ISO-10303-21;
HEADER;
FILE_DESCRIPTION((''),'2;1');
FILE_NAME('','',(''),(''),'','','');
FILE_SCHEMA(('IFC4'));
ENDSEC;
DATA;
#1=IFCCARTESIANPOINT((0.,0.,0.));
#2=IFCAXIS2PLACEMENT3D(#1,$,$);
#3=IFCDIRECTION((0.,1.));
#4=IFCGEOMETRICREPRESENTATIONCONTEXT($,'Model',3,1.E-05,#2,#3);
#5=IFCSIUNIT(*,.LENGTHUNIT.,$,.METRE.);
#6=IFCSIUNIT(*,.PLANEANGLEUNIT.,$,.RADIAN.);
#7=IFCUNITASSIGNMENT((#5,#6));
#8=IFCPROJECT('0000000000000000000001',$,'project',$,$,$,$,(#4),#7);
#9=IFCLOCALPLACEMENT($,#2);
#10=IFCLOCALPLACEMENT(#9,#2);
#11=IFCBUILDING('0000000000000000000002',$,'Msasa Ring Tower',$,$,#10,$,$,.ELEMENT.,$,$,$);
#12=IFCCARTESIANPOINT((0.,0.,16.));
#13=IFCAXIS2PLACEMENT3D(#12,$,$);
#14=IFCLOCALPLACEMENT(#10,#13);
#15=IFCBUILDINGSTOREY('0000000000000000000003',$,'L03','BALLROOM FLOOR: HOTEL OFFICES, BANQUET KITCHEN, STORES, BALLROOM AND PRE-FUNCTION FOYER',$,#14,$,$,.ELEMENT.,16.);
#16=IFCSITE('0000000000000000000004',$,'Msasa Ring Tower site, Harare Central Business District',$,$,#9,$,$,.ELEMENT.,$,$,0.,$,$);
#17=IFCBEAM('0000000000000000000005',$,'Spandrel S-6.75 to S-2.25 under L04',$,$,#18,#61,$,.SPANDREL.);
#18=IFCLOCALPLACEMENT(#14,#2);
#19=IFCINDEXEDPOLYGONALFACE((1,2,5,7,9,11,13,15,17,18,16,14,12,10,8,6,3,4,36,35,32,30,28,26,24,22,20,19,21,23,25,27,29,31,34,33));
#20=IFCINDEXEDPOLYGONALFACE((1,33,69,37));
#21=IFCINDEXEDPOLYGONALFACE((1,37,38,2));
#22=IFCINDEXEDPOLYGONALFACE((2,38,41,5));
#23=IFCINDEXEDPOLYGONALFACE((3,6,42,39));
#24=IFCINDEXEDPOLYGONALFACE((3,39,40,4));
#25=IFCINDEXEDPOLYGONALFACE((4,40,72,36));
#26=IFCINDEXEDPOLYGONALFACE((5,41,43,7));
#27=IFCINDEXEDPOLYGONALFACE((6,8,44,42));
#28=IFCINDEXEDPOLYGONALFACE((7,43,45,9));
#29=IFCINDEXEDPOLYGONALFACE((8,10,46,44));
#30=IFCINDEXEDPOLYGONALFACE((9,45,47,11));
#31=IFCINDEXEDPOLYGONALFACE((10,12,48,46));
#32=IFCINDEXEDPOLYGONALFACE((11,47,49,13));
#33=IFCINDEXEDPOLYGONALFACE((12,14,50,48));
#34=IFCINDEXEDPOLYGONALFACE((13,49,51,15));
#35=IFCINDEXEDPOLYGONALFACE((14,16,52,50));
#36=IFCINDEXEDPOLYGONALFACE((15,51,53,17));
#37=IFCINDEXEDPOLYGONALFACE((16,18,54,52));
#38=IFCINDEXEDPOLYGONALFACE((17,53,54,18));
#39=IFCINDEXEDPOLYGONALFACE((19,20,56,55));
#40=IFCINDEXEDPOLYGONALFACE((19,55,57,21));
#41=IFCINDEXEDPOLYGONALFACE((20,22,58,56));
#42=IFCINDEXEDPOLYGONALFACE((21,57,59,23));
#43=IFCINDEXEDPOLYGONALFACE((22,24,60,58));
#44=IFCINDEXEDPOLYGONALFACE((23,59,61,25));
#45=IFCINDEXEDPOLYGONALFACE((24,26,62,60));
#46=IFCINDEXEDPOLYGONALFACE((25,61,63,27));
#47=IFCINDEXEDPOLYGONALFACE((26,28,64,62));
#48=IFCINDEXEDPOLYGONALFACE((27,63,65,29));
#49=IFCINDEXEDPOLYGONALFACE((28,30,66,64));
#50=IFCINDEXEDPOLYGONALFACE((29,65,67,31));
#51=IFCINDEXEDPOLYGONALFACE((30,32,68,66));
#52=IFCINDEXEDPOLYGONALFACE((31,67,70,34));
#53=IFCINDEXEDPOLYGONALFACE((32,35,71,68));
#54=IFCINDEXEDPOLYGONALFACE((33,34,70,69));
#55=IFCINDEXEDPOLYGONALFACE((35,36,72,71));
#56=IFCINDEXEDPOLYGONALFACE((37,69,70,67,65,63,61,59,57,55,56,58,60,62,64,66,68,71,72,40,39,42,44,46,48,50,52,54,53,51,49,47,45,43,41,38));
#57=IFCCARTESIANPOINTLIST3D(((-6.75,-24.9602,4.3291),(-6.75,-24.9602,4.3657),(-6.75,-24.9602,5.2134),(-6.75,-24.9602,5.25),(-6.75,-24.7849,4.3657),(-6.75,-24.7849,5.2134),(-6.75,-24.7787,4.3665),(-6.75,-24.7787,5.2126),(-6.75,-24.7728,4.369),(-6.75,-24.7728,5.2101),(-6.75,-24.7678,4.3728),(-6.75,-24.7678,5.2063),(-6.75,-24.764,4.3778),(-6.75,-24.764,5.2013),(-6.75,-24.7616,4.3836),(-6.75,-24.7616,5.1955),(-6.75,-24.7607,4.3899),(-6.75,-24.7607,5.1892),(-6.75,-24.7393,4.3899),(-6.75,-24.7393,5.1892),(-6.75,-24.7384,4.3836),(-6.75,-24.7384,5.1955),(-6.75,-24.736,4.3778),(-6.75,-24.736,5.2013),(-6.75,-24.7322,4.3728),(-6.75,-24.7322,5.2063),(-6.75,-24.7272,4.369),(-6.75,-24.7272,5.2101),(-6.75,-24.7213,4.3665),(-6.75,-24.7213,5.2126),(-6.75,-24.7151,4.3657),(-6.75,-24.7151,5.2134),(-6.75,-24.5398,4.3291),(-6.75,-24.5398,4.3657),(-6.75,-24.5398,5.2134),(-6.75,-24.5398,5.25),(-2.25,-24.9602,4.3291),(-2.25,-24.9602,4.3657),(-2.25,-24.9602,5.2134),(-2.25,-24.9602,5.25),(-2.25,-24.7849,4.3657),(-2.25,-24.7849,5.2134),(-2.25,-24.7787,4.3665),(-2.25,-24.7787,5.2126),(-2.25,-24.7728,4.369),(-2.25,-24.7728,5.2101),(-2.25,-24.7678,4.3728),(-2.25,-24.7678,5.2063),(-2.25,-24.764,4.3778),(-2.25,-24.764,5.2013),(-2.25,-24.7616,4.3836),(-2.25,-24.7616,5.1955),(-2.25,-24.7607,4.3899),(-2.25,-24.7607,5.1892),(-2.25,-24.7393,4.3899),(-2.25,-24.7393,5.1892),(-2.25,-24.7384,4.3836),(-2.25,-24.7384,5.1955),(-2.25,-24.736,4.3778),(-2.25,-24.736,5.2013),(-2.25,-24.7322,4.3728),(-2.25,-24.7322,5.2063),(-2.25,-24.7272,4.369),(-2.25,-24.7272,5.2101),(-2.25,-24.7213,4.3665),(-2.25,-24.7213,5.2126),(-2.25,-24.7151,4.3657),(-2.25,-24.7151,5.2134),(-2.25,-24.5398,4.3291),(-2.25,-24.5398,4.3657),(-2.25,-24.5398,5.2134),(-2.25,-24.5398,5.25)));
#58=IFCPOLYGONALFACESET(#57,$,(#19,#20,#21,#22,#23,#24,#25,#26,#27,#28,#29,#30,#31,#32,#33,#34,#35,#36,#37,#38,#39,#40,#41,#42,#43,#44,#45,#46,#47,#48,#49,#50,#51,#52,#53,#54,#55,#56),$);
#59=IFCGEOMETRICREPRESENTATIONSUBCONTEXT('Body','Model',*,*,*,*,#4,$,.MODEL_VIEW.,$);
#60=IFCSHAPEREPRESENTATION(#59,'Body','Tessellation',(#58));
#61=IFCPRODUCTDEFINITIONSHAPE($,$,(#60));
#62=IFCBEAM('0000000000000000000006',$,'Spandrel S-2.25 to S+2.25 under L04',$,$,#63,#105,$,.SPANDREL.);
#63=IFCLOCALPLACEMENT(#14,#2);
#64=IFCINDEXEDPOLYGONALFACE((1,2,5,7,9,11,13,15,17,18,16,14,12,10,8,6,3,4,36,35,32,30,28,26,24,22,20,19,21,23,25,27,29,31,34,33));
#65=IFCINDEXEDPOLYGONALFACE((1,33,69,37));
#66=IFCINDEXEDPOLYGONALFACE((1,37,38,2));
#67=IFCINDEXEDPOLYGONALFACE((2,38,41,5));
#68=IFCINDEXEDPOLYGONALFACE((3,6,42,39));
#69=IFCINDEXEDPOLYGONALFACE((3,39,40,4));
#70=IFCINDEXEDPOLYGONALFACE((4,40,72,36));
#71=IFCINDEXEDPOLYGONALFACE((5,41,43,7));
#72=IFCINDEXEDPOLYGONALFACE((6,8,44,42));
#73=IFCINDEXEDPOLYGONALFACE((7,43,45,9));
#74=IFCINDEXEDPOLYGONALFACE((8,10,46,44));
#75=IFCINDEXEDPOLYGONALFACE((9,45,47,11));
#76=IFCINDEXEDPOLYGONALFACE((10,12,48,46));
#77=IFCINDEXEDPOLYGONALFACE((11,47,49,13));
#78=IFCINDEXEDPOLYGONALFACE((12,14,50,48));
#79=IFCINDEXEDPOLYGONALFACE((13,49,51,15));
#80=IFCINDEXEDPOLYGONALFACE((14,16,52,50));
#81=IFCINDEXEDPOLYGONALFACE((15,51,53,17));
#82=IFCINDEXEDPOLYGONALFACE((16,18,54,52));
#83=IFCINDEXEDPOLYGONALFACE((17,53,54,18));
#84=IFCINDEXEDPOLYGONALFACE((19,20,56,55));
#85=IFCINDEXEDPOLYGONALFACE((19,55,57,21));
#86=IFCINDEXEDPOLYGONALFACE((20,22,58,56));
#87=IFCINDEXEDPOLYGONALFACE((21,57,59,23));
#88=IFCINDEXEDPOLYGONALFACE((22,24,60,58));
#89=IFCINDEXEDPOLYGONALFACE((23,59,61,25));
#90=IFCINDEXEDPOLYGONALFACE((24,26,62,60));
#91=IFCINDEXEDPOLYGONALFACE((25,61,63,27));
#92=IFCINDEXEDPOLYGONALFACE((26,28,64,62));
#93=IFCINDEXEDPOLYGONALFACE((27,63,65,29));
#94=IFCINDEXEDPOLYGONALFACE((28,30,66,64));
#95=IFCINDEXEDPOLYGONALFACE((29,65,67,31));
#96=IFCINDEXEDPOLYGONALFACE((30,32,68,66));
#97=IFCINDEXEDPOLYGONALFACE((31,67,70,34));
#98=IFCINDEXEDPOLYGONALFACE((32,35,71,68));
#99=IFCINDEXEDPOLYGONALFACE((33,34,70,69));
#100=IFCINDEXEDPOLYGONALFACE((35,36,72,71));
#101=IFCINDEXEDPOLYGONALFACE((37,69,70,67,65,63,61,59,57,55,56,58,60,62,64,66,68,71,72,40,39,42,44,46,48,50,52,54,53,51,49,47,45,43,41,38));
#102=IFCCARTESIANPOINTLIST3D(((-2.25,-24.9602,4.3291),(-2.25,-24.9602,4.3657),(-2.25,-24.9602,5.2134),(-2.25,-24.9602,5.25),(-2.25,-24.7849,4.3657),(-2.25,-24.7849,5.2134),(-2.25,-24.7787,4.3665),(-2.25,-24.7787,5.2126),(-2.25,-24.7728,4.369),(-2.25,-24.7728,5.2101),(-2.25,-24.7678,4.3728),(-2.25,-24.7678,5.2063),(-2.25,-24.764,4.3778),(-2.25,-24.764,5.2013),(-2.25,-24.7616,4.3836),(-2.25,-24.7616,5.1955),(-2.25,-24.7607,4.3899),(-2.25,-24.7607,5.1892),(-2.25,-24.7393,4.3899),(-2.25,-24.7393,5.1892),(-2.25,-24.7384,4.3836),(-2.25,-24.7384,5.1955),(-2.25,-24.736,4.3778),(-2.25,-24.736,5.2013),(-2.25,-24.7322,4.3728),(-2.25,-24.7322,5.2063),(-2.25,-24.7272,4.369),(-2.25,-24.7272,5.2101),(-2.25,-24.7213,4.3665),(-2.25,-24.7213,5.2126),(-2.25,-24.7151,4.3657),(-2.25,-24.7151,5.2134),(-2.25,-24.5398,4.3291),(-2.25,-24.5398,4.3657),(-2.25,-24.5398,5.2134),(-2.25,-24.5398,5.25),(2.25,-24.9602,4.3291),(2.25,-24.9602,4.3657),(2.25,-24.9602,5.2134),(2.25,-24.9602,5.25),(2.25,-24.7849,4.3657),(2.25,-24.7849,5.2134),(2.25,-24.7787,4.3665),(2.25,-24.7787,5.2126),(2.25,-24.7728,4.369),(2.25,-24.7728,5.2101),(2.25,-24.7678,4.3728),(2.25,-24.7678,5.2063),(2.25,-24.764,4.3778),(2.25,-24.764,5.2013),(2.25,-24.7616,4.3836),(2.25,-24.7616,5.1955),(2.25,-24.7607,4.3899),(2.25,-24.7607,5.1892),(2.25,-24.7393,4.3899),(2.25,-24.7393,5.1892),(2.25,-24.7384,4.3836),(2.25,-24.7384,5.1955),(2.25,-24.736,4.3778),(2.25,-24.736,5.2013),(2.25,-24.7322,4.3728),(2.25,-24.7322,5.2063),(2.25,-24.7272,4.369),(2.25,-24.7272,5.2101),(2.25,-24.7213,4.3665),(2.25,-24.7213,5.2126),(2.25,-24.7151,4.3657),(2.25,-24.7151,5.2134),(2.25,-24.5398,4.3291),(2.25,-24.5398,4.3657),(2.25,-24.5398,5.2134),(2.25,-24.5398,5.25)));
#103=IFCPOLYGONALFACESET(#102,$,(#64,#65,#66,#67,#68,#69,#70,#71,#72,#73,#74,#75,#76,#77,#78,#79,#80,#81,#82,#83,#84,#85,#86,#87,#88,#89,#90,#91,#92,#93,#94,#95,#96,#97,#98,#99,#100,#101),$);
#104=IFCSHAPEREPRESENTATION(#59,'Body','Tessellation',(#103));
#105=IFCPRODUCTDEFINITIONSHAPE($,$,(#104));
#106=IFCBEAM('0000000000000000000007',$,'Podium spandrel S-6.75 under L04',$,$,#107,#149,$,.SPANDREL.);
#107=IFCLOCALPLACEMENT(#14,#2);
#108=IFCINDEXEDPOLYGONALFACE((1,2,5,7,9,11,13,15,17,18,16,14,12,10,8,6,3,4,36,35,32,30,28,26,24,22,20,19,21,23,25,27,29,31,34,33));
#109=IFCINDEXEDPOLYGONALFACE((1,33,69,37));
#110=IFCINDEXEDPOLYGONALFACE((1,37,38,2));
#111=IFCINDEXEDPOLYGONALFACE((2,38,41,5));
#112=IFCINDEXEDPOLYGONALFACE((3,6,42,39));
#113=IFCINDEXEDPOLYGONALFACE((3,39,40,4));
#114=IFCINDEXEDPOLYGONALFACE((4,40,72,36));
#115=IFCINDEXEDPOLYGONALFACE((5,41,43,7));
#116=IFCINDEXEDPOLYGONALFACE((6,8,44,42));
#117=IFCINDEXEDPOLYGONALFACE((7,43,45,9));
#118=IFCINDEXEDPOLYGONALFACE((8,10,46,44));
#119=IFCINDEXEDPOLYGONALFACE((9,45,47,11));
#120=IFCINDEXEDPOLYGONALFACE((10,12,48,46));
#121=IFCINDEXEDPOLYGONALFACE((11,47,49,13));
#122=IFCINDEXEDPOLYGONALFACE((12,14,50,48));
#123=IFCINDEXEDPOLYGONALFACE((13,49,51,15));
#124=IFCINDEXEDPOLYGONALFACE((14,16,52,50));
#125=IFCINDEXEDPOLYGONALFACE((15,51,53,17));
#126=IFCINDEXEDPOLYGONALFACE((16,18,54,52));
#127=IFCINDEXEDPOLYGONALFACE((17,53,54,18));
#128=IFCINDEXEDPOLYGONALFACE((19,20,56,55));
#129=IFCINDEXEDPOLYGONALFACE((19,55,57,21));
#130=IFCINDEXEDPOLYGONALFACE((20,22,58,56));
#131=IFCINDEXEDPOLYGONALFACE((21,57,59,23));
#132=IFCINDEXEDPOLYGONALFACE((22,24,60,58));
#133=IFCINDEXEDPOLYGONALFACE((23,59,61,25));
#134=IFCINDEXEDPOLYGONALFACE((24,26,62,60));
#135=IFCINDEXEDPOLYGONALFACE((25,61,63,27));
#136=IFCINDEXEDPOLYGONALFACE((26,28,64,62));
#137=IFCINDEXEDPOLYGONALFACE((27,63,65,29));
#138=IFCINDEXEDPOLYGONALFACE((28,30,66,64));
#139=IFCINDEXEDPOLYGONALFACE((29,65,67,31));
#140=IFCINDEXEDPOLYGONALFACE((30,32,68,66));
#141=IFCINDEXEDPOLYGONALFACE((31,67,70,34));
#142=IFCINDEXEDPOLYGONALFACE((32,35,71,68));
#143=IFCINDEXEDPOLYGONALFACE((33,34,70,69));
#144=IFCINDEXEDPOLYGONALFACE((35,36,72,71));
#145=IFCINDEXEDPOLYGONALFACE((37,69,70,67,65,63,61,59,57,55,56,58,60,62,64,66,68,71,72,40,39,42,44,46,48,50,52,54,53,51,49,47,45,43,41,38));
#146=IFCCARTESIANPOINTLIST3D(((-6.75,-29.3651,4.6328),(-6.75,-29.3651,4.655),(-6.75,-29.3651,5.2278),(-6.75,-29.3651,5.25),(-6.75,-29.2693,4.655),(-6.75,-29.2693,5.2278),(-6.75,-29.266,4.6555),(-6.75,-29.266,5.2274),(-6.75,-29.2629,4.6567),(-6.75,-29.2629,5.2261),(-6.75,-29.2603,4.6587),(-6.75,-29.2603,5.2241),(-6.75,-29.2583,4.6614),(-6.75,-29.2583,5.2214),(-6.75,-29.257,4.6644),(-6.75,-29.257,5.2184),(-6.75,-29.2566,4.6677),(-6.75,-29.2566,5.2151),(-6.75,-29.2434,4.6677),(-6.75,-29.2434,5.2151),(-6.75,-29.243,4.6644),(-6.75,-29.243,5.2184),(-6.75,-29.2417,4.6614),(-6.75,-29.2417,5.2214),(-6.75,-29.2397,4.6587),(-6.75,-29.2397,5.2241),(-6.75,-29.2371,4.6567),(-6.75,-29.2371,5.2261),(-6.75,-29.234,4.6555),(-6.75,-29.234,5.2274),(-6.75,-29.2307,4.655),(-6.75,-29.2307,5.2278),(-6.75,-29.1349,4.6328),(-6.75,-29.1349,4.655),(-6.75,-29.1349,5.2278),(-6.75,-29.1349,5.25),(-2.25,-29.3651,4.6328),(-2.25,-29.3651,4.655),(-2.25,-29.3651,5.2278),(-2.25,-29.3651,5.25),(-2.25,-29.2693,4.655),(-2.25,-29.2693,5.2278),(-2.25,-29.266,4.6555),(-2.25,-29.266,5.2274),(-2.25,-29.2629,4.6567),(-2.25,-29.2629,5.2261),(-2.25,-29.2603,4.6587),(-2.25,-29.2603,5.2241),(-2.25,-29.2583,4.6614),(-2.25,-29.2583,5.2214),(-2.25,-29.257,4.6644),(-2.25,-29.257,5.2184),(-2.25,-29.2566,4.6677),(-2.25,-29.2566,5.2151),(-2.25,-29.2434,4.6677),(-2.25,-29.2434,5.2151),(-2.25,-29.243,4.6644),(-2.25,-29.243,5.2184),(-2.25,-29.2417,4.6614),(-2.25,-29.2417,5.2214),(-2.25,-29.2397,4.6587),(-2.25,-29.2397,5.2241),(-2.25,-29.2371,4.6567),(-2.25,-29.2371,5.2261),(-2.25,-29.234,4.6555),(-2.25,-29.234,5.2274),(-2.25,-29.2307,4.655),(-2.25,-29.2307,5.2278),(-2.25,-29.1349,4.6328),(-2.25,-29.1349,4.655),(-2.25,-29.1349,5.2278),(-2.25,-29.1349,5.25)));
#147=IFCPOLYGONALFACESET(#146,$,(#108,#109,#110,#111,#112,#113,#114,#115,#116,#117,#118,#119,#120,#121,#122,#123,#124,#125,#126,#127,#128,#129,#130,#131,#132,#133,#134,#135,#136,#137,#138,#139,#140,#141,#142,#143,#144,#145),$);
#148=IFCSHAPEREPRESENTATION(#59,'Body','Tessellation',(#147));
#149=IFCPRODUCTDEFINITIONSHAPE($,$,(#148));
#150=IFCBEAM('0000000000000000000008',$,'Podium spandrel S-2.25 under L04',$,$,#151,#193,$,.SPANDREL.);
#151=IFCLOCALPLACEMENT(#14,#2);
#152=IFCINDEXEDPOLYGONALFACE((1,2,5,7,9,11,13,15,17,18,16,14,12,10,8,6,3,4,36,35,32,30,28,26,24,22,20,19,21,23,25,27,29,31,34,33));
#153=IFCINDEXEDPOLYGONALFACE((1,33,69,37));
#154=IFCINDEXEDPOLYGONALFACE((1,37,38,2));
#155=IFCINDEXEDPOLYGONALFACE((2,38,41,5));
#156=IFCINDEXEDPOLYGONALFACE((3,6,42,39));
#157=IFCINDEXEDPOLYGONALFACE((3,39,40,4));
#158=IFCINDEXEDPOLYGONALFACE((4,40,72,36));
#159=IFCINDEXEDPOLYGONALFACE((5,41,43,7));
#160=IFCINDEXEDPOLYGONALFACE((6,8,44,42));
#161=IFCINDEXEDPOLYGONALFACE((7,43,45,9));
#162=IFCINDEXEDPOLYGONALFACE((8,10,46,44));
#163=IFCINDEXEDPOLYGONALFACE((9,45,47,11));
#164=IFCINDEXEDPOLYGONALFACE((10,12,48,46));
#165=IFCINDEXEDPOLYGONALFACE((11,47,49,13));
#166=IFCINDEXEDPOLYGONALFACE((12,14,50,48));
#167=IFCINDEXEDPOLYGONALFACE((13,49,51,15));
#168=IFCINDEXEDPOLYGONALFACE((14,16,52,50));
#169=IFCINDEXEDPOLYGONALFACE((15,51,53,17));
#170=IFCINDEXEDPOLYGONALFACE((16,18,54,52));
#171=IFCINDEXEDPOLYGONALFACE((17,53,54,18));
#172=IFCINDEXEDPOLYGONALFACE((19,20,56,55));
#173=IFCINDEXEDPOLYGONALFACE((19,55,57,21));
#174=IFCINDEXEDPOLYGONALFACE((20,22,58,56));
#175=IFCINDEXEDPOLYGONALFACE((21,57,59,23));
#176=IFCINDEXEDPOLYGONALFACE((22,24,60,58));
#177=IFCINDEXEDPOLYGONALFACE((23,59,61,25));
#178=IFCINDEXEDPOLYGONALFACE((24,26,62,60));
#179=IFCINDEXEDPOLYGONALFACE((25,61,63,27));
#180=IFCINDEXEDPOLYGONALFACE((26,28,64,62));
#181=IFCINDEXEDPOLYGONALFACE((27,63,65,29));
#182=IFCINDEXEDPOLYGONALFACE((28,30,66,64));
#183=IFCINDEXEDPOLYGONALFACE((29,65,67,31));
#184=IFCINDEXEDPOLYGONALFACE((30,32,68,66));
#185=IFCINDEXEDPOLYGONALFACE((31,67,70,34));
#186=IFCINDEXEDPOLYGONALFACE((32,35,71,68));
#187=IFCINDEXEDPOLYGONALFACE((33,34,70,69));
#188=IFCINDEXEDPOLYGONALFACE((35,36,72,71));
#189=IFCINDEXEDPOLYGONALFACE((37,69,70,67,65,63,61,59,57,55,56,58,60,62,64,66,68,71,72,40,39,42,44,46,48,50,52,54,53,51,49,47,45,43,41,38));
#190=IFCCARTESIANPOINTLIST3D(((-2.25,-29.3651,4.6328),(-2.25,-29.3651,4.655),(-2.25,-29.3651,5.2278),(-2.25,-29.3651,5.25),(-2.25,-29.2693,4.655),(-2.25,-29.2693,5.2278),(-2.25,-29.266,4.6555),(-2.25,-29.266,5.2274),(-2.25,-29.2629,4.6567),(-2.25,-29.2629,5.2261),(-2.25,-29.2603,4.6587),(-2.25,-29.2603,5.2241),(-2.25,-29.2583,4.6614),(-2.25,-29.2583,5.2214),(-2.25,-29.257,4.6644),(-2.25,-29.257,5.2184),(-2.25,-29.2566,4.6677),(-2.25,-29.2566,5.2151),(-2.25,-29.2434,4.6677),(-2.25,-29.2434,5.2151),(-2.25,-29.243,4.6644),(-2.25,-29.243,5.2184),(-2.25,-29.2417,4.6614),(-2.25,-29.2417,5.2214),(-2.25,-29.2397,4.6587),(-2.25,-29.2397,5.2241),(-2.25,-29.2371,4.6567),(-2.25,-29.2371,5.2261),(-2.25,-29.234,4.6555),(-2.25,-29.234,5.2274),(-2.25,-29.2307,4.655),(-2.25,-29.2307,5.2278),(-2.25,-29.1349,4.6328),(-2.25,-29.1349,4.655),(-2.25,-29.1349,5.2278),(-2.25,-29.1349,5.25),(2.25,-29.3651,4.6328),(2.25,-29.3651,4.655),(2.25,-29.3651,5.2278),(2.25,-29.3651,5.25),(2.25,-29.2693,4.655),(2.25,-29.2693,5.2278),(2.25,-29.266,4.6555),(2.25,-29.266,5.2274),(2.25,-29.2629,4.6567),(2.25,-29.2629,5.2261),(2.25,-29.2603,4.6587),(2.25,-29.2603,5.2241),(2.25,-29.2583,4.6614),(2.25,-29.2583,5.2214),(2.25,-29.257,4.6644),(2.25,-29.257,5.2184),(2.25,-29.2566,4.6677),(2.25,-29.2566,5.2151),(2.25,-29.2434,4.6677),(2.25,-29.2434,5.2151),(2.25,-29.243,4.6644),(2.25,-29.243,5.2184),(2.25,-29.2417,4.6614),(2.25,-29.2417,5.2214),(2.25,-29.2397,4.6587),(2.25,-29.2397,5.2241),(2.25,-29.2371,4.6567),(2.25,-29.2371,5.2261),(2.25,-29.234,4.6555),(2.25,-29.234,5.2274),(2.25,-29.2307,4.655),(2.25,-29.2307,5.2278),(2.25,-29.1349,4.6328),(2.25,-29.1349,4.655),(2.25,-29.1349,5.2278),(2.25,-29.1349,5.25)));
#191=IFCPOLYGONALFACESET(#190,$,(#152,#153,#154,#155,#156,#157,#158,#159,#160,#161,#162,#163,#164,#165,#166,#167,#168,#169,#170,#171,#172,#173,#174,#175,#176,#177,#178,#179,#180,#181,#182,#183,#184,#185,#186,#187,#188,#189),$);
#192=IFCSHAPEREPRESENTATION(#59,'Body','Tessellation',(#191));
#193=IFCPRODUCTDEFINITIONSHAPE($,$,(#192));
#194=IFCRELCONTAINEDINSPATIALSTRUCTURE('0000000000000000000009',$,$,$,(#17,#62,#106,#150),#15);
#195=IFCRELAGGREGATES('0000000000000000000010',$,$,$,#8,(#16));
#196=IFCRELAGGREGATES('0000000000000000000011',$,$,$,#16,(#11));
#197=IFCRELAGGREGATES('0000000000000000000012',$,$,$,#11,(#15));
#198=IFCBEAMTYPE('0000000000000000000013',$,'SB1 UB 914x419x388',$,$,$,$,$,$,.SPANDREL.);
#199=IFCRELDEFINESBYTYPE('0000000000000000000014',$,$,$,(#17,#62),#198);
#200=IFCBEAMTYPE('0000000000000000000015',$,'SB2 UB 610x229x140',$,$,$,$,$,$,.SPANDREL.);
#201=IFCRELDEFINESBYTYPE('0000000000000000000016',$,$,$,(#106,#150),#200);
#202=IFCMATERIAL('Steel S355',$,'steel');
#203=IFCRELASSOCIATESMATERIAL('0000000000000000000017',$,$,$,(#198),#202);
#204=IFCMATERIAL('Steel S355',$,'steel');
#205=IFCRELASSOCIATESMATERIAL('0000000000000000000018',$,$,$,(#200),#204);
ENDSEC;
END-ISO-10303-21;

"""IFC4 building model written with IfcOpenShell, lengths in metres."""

from ifc_helpers import new_model, si_unit, direction, frame, origin, origin_2d, place, context, subcontext, project, spatial, i_section, extrude, material, material_profile, profile_set, type_object, element, save


model = new_model("IFC4")

# Units and contexts
model_context = context("Model", 3, precision=1e-05, world=origin(), true_north=direction((0.0, 1.0)))
body_context = subcontext(model_context, "Body", "Model", "MODEL_VIEW")
ifc_project = project(units=[si_unit("LENGTHUNIT", "METRE"), si_unit("PLANEANGLEUNIT", "RADIAN")], contexts=[model_context])

# Site, building, storey
site_placement = place(None, origin())
site = spatial("IfcSite", under=ifc_project, at=site_placement, Name="Msasa Ring Tower site, Harare Central Business District", CompositionType="ELEMENT", RefElevation=0.0)
building_placement = place(site_placement, origin())
building = spatial("IfcBuilding", under=site, at=building_placement, Name="Msasa Ring Tower", CompositionType="ELEMENT")
storey_placement = place(building_placement, frame((0.0, 0.0, 16.0)))
storey = spatial("IfcBuildingStorey", under=building, at=storey_placement, Name="L03", Description="BALLROOM FLOOR: HOTEL OFFICES, BANQUET KITCHEN, STORES, BALLROOM AND PRE-FUNCTION FOYER", CompositionType="ELEMENT", Elevation=16.0)

# Beams
ifc_material_1 = material(Name="Steel S355", Category="steel")
ifc_material_profile_1 = material_profile(ifc_material_1, i_section(OverallWidth=0.4204, OverallDepth=0.9209, WebThickness=0.0215, FlangeThickness=0.0366, FilletRadius=0.0242, at=origin_2d()), Name="UB 914x419x388")
ifc_profile_set_1 = profile_set([ifc_material_profile_1], Name="Steel S355")
beam_type_1 = type_object("IfcBeamType", Name="SB1 UB 914x419x388", PredefinedType="SPANDREL", material=ifc_profile_set_1)
for number, where, z_axis, x_axis, name in (
    (1, (-6.75, -24.75, 4.7896), (1.0, 0.0, 0.0), (0.0, 1.0, 0.0), "Spandrel S-6.75 to S-2.25 under L04"),
    (2, (-2.25, -24.75, 4.7896), (1.0, 0.0, 0.0), (0.0, 1.0, 0.0), "Spandrel S-2.25 to S+2.25 under L04"),
):
    element("IfcBeam", number, at=place(storey_placement, frame(where, z_axis=z_axis, x_axis=x_axis)), inside=storey, type_object=beam_type_1, Name=name, PredefinedType="SPANDREL", context=body_context, shape_type="SweptSolid", body=[
        extrude(i_section(OverallWidth=0.4204, OverallDepth=0.9209, WebThickness=0.0215, FlangeThickness=0.0366, FilletRadius=0.0242, at=origin_2d()), origin(), (0.0, 0.0, 1.0), 4.5),
    ])
ifc_material_2 = material(Name="Steel S355", Category="steel")
ifc_material_profile_2 = material_profile(ifc_material_2, i_section(OverallWidth=0.2302, OverallDepth=0.6172, WebThickness=0.0132, FlangeThickness=0.0222, FilletRadius=0.0127, at=origin_2d()), Name="UB 610x229x140")
ifc_profile_set_2 = profile_set([ifc_material_profile_2], Name="Steel S355")
beam_type_2 = type_object("IfcBeamType", Name="SB2 UB 610x229x140", PredefinedType="SPANDREL", material=ifc_profile_set_2)
for number, where, z_axis, x_axis, name in (
    (3, (-6.75, -29.25, 4.9414), (1.0, 0.0, 0.0), (0.0, 1.0, 0.0), "Podium spandrel S-6.75 under L04"),
    (4, (-2.25, -29.25, 4.9414), (1.0, 0.0, 0.0), (0.0, 1.0, 0.0), "Podium spandrel S-2.25 under L04"),
):
    element("IfcBeam", number, at=place(storey_placement, frame(where, z_axis=z_axis, x_axis=x_axis)), inside=storey, type_object=beam_type_2, Name=name, PredefinedType="SPANDREL", context=body_context, shape_type="SweptSolid", body=[
        extrude(i_section(OverallWidth=0.2302, OverallDepth=0.6172, WebThickness=0.0132, FlangeThickness=0.0222, FilletRadius=0.0127, at=origin_2d()), origin(), (0.0, 0.0, 1.0), 4.5),
    ])

save(model, "model.ifc")
